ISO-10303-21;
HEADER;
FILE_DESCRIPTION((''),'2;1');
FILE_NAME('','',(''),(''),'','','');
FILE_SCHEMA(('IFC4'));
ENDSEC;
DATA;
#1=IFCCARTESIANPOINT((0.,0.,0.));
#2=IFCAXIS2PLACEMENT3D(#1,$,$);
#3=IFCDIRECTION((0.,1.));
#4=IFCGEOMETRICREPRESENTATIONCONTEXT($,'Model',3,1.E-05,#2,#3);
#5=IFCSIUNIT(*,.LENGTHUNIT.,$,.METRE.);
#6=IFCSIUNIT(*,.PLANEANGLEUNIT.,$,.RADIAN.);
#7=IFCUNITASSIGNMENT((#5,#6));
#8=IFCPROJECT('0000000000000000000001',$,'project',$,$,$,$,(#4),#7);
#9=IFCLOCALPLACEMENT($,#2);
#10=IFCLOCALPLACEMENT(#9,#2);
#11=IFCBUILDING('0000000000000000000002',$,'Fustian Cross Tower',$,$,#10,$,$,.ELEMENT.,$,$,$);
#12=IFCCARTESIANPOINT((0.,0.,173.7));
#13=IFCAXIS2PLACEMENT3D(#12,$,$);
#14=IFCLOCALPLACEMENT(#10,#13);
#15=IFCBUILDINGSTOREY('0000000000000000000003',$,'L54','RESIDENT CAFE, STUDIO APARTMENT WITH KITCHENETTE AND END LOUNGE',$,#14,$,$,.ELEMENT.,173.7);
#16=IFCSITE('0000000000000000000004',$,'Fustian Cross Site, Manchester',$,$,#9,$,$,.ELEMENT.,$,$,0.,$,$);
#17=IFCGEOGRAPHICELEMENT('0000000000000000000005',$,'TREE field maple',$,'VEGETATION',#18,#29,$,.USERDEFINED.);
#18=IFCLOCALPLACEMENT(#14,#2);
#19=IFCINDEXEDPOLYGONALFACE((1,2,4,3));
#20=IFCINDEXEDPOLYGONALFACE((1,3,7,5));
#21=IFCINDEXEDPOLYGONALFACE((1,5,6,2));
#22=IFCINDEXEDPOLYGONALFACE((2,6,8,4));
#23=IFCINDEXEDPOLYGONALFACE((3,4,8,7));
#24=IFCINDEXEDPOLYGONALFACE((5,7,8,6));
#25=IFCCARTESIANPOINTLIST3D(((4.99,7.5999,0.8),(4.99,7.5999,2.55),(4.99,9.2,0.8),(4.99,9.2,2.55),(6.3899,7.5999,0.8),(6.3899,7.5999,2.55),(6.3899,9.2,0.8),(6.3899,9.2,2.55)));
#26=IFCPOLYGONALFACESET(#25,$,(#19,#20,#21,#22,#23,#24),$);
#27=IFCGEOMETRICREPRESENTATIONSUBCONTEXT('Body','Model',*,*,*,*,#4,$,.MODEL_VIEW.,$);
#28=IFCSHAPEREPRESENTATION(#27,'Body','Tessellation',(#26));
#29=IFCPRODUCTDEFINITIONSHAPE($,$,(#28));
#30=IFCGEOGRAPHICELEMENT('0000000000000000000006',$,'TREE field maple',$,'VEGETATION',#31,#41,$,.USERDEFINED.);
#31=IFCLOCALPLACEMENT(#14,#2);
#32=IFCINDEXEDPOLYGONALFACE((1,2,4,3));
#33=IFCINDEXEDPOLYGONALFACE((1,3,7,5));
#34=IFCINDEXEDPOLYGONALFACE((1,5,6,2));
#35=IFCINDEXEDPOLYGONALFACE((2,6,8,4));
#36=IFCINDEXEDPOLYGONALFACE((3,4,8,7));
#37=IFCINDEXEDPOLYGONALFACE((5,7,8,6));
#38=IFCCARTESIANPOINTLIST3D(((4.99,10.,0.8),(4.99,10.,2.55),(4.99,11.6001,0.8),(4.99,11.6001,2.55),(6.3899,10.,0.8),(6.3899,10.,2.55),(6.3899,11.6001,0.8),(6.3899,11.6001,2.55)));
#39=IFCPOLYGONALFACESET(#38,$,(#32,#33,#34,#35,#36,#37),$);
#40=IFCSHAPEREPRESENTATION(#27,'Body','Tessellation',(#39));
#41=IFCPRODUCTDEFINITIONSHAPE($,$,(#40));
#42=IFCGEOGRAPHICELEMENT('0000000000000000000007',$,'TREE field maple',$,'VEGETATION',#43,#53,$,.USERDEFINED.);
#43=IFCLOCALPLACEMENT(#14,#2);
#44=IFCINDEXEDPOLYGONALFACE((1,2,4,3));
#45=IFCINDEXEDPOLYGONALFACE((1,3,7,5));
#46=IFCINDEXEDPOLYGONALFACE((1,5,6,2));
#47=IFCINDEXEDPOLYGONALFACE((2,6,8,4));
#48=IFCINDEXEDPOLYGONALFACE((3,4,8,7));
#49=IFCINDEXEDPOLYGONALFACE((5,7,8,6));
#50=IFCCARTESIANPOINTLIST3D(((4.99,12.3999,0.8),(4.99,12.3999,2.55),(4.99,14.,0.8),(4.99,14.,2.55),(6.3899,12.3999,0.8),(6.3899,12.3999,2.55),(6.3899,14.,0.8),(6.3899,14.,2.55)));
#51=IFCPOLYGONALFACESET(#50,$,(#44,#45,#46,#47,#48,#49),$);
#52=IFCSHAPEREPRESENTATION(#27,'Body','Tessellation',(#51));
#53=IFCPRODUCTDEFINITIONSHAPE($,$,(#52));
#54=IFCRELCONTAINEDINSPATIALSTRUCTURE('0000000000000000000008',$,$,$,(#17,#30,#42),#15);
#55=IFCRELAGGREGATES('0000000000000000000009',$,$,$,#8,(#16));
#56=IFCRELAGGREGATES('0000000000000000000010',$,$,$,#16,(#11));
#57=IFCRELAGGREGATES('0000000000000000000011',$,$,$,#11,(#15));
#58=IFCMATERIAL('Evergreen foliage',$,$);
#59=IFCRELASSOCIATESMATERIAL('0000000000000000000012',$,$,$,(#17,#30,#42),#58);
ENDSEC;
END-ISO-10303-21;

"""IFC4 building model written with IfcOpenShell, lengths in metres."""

from ifc_helpers import new_model, si_unit, direction, frame, origin, origin_2d, place, context, subcontext, project, spatial, rectangle, extrude, material, element, save


model = new_model("IFC4")

# Units and contexts
model_context = context("Model", 3, precision=1e-05, world=origin(), true_north=direction((0.0, 1.0)))
body_context = subcontext(model_context, "Body", "Model", "MODEL_VIEW")
ifc_project = project(units=[si_unit("LENGTHUNIT", "METRE"), si_unit("PLANEANGLEUNIT", "RADIAN")], contexts=[model_context])

# Site, building, storey
site_placement = place(None, origin())
site = spatial("IfcSite", under=ifc_project, at=site_placement, Name="Fustian Cross Site, Manchester", CompositionType="ELEMENT", RefElevation=0.0)
building_placement = place(site_placement, origin())
building = spatial("IfcBuilding", under=site, at=building_placement, Name="Fustian Cross Tower", CompositionType="ELEMENT")
storey_placement = place(building_placement, frame((0.0, 0.0, 173.7)))
storey = spatial("IfcBuildingStorey", under=building, at=storey_placement, Name="L54", Description="RESIDENT CAFE, STUDIO APARTMENT WITH KITCHENETTE AND END LOUNGE", CompositionType="ELEMENT", Elevation=173.7)

# Geographic elements
ifc_material_1 = material(Name="Evergreen foliage")
for number, where, z_axis, x_axis, name in (
    (1, (5.6899, 8.3999, 0.8), (0.0, 0.0, 1.0), (1.0, 0.0, 0.0), "TREE field maple"),
    (2, (5.6899, 10.8, 0.8), (0.0, 0.0, 1.0), (1.0, 0.0, 0.0), "TREE field maple"),
    (3, (5.6899, 13.2, 0.8), (0.0, 0.0, 1.0), (1.0, 0.0, 0.0), "TREE field maple"),
):
    element("IfcGeographicElement", number, at=place(storey_placement, frame(where, z_axis=z_axis, x_axis=x_axis)), inside=storey, material=ifc_material_1, Name=name, ObjectType="VEGETATION", PredefinedType="USERDEFINED", context=body_context, shape_type="SweptSolid", body=[
        extrude(rectangle(XDim=1.3999, YDim=1.6001, at=origin_2d()), origin(), (0.0, 0.0, 1.0), 1.75),
    ])

save(model, "model.ifc")
